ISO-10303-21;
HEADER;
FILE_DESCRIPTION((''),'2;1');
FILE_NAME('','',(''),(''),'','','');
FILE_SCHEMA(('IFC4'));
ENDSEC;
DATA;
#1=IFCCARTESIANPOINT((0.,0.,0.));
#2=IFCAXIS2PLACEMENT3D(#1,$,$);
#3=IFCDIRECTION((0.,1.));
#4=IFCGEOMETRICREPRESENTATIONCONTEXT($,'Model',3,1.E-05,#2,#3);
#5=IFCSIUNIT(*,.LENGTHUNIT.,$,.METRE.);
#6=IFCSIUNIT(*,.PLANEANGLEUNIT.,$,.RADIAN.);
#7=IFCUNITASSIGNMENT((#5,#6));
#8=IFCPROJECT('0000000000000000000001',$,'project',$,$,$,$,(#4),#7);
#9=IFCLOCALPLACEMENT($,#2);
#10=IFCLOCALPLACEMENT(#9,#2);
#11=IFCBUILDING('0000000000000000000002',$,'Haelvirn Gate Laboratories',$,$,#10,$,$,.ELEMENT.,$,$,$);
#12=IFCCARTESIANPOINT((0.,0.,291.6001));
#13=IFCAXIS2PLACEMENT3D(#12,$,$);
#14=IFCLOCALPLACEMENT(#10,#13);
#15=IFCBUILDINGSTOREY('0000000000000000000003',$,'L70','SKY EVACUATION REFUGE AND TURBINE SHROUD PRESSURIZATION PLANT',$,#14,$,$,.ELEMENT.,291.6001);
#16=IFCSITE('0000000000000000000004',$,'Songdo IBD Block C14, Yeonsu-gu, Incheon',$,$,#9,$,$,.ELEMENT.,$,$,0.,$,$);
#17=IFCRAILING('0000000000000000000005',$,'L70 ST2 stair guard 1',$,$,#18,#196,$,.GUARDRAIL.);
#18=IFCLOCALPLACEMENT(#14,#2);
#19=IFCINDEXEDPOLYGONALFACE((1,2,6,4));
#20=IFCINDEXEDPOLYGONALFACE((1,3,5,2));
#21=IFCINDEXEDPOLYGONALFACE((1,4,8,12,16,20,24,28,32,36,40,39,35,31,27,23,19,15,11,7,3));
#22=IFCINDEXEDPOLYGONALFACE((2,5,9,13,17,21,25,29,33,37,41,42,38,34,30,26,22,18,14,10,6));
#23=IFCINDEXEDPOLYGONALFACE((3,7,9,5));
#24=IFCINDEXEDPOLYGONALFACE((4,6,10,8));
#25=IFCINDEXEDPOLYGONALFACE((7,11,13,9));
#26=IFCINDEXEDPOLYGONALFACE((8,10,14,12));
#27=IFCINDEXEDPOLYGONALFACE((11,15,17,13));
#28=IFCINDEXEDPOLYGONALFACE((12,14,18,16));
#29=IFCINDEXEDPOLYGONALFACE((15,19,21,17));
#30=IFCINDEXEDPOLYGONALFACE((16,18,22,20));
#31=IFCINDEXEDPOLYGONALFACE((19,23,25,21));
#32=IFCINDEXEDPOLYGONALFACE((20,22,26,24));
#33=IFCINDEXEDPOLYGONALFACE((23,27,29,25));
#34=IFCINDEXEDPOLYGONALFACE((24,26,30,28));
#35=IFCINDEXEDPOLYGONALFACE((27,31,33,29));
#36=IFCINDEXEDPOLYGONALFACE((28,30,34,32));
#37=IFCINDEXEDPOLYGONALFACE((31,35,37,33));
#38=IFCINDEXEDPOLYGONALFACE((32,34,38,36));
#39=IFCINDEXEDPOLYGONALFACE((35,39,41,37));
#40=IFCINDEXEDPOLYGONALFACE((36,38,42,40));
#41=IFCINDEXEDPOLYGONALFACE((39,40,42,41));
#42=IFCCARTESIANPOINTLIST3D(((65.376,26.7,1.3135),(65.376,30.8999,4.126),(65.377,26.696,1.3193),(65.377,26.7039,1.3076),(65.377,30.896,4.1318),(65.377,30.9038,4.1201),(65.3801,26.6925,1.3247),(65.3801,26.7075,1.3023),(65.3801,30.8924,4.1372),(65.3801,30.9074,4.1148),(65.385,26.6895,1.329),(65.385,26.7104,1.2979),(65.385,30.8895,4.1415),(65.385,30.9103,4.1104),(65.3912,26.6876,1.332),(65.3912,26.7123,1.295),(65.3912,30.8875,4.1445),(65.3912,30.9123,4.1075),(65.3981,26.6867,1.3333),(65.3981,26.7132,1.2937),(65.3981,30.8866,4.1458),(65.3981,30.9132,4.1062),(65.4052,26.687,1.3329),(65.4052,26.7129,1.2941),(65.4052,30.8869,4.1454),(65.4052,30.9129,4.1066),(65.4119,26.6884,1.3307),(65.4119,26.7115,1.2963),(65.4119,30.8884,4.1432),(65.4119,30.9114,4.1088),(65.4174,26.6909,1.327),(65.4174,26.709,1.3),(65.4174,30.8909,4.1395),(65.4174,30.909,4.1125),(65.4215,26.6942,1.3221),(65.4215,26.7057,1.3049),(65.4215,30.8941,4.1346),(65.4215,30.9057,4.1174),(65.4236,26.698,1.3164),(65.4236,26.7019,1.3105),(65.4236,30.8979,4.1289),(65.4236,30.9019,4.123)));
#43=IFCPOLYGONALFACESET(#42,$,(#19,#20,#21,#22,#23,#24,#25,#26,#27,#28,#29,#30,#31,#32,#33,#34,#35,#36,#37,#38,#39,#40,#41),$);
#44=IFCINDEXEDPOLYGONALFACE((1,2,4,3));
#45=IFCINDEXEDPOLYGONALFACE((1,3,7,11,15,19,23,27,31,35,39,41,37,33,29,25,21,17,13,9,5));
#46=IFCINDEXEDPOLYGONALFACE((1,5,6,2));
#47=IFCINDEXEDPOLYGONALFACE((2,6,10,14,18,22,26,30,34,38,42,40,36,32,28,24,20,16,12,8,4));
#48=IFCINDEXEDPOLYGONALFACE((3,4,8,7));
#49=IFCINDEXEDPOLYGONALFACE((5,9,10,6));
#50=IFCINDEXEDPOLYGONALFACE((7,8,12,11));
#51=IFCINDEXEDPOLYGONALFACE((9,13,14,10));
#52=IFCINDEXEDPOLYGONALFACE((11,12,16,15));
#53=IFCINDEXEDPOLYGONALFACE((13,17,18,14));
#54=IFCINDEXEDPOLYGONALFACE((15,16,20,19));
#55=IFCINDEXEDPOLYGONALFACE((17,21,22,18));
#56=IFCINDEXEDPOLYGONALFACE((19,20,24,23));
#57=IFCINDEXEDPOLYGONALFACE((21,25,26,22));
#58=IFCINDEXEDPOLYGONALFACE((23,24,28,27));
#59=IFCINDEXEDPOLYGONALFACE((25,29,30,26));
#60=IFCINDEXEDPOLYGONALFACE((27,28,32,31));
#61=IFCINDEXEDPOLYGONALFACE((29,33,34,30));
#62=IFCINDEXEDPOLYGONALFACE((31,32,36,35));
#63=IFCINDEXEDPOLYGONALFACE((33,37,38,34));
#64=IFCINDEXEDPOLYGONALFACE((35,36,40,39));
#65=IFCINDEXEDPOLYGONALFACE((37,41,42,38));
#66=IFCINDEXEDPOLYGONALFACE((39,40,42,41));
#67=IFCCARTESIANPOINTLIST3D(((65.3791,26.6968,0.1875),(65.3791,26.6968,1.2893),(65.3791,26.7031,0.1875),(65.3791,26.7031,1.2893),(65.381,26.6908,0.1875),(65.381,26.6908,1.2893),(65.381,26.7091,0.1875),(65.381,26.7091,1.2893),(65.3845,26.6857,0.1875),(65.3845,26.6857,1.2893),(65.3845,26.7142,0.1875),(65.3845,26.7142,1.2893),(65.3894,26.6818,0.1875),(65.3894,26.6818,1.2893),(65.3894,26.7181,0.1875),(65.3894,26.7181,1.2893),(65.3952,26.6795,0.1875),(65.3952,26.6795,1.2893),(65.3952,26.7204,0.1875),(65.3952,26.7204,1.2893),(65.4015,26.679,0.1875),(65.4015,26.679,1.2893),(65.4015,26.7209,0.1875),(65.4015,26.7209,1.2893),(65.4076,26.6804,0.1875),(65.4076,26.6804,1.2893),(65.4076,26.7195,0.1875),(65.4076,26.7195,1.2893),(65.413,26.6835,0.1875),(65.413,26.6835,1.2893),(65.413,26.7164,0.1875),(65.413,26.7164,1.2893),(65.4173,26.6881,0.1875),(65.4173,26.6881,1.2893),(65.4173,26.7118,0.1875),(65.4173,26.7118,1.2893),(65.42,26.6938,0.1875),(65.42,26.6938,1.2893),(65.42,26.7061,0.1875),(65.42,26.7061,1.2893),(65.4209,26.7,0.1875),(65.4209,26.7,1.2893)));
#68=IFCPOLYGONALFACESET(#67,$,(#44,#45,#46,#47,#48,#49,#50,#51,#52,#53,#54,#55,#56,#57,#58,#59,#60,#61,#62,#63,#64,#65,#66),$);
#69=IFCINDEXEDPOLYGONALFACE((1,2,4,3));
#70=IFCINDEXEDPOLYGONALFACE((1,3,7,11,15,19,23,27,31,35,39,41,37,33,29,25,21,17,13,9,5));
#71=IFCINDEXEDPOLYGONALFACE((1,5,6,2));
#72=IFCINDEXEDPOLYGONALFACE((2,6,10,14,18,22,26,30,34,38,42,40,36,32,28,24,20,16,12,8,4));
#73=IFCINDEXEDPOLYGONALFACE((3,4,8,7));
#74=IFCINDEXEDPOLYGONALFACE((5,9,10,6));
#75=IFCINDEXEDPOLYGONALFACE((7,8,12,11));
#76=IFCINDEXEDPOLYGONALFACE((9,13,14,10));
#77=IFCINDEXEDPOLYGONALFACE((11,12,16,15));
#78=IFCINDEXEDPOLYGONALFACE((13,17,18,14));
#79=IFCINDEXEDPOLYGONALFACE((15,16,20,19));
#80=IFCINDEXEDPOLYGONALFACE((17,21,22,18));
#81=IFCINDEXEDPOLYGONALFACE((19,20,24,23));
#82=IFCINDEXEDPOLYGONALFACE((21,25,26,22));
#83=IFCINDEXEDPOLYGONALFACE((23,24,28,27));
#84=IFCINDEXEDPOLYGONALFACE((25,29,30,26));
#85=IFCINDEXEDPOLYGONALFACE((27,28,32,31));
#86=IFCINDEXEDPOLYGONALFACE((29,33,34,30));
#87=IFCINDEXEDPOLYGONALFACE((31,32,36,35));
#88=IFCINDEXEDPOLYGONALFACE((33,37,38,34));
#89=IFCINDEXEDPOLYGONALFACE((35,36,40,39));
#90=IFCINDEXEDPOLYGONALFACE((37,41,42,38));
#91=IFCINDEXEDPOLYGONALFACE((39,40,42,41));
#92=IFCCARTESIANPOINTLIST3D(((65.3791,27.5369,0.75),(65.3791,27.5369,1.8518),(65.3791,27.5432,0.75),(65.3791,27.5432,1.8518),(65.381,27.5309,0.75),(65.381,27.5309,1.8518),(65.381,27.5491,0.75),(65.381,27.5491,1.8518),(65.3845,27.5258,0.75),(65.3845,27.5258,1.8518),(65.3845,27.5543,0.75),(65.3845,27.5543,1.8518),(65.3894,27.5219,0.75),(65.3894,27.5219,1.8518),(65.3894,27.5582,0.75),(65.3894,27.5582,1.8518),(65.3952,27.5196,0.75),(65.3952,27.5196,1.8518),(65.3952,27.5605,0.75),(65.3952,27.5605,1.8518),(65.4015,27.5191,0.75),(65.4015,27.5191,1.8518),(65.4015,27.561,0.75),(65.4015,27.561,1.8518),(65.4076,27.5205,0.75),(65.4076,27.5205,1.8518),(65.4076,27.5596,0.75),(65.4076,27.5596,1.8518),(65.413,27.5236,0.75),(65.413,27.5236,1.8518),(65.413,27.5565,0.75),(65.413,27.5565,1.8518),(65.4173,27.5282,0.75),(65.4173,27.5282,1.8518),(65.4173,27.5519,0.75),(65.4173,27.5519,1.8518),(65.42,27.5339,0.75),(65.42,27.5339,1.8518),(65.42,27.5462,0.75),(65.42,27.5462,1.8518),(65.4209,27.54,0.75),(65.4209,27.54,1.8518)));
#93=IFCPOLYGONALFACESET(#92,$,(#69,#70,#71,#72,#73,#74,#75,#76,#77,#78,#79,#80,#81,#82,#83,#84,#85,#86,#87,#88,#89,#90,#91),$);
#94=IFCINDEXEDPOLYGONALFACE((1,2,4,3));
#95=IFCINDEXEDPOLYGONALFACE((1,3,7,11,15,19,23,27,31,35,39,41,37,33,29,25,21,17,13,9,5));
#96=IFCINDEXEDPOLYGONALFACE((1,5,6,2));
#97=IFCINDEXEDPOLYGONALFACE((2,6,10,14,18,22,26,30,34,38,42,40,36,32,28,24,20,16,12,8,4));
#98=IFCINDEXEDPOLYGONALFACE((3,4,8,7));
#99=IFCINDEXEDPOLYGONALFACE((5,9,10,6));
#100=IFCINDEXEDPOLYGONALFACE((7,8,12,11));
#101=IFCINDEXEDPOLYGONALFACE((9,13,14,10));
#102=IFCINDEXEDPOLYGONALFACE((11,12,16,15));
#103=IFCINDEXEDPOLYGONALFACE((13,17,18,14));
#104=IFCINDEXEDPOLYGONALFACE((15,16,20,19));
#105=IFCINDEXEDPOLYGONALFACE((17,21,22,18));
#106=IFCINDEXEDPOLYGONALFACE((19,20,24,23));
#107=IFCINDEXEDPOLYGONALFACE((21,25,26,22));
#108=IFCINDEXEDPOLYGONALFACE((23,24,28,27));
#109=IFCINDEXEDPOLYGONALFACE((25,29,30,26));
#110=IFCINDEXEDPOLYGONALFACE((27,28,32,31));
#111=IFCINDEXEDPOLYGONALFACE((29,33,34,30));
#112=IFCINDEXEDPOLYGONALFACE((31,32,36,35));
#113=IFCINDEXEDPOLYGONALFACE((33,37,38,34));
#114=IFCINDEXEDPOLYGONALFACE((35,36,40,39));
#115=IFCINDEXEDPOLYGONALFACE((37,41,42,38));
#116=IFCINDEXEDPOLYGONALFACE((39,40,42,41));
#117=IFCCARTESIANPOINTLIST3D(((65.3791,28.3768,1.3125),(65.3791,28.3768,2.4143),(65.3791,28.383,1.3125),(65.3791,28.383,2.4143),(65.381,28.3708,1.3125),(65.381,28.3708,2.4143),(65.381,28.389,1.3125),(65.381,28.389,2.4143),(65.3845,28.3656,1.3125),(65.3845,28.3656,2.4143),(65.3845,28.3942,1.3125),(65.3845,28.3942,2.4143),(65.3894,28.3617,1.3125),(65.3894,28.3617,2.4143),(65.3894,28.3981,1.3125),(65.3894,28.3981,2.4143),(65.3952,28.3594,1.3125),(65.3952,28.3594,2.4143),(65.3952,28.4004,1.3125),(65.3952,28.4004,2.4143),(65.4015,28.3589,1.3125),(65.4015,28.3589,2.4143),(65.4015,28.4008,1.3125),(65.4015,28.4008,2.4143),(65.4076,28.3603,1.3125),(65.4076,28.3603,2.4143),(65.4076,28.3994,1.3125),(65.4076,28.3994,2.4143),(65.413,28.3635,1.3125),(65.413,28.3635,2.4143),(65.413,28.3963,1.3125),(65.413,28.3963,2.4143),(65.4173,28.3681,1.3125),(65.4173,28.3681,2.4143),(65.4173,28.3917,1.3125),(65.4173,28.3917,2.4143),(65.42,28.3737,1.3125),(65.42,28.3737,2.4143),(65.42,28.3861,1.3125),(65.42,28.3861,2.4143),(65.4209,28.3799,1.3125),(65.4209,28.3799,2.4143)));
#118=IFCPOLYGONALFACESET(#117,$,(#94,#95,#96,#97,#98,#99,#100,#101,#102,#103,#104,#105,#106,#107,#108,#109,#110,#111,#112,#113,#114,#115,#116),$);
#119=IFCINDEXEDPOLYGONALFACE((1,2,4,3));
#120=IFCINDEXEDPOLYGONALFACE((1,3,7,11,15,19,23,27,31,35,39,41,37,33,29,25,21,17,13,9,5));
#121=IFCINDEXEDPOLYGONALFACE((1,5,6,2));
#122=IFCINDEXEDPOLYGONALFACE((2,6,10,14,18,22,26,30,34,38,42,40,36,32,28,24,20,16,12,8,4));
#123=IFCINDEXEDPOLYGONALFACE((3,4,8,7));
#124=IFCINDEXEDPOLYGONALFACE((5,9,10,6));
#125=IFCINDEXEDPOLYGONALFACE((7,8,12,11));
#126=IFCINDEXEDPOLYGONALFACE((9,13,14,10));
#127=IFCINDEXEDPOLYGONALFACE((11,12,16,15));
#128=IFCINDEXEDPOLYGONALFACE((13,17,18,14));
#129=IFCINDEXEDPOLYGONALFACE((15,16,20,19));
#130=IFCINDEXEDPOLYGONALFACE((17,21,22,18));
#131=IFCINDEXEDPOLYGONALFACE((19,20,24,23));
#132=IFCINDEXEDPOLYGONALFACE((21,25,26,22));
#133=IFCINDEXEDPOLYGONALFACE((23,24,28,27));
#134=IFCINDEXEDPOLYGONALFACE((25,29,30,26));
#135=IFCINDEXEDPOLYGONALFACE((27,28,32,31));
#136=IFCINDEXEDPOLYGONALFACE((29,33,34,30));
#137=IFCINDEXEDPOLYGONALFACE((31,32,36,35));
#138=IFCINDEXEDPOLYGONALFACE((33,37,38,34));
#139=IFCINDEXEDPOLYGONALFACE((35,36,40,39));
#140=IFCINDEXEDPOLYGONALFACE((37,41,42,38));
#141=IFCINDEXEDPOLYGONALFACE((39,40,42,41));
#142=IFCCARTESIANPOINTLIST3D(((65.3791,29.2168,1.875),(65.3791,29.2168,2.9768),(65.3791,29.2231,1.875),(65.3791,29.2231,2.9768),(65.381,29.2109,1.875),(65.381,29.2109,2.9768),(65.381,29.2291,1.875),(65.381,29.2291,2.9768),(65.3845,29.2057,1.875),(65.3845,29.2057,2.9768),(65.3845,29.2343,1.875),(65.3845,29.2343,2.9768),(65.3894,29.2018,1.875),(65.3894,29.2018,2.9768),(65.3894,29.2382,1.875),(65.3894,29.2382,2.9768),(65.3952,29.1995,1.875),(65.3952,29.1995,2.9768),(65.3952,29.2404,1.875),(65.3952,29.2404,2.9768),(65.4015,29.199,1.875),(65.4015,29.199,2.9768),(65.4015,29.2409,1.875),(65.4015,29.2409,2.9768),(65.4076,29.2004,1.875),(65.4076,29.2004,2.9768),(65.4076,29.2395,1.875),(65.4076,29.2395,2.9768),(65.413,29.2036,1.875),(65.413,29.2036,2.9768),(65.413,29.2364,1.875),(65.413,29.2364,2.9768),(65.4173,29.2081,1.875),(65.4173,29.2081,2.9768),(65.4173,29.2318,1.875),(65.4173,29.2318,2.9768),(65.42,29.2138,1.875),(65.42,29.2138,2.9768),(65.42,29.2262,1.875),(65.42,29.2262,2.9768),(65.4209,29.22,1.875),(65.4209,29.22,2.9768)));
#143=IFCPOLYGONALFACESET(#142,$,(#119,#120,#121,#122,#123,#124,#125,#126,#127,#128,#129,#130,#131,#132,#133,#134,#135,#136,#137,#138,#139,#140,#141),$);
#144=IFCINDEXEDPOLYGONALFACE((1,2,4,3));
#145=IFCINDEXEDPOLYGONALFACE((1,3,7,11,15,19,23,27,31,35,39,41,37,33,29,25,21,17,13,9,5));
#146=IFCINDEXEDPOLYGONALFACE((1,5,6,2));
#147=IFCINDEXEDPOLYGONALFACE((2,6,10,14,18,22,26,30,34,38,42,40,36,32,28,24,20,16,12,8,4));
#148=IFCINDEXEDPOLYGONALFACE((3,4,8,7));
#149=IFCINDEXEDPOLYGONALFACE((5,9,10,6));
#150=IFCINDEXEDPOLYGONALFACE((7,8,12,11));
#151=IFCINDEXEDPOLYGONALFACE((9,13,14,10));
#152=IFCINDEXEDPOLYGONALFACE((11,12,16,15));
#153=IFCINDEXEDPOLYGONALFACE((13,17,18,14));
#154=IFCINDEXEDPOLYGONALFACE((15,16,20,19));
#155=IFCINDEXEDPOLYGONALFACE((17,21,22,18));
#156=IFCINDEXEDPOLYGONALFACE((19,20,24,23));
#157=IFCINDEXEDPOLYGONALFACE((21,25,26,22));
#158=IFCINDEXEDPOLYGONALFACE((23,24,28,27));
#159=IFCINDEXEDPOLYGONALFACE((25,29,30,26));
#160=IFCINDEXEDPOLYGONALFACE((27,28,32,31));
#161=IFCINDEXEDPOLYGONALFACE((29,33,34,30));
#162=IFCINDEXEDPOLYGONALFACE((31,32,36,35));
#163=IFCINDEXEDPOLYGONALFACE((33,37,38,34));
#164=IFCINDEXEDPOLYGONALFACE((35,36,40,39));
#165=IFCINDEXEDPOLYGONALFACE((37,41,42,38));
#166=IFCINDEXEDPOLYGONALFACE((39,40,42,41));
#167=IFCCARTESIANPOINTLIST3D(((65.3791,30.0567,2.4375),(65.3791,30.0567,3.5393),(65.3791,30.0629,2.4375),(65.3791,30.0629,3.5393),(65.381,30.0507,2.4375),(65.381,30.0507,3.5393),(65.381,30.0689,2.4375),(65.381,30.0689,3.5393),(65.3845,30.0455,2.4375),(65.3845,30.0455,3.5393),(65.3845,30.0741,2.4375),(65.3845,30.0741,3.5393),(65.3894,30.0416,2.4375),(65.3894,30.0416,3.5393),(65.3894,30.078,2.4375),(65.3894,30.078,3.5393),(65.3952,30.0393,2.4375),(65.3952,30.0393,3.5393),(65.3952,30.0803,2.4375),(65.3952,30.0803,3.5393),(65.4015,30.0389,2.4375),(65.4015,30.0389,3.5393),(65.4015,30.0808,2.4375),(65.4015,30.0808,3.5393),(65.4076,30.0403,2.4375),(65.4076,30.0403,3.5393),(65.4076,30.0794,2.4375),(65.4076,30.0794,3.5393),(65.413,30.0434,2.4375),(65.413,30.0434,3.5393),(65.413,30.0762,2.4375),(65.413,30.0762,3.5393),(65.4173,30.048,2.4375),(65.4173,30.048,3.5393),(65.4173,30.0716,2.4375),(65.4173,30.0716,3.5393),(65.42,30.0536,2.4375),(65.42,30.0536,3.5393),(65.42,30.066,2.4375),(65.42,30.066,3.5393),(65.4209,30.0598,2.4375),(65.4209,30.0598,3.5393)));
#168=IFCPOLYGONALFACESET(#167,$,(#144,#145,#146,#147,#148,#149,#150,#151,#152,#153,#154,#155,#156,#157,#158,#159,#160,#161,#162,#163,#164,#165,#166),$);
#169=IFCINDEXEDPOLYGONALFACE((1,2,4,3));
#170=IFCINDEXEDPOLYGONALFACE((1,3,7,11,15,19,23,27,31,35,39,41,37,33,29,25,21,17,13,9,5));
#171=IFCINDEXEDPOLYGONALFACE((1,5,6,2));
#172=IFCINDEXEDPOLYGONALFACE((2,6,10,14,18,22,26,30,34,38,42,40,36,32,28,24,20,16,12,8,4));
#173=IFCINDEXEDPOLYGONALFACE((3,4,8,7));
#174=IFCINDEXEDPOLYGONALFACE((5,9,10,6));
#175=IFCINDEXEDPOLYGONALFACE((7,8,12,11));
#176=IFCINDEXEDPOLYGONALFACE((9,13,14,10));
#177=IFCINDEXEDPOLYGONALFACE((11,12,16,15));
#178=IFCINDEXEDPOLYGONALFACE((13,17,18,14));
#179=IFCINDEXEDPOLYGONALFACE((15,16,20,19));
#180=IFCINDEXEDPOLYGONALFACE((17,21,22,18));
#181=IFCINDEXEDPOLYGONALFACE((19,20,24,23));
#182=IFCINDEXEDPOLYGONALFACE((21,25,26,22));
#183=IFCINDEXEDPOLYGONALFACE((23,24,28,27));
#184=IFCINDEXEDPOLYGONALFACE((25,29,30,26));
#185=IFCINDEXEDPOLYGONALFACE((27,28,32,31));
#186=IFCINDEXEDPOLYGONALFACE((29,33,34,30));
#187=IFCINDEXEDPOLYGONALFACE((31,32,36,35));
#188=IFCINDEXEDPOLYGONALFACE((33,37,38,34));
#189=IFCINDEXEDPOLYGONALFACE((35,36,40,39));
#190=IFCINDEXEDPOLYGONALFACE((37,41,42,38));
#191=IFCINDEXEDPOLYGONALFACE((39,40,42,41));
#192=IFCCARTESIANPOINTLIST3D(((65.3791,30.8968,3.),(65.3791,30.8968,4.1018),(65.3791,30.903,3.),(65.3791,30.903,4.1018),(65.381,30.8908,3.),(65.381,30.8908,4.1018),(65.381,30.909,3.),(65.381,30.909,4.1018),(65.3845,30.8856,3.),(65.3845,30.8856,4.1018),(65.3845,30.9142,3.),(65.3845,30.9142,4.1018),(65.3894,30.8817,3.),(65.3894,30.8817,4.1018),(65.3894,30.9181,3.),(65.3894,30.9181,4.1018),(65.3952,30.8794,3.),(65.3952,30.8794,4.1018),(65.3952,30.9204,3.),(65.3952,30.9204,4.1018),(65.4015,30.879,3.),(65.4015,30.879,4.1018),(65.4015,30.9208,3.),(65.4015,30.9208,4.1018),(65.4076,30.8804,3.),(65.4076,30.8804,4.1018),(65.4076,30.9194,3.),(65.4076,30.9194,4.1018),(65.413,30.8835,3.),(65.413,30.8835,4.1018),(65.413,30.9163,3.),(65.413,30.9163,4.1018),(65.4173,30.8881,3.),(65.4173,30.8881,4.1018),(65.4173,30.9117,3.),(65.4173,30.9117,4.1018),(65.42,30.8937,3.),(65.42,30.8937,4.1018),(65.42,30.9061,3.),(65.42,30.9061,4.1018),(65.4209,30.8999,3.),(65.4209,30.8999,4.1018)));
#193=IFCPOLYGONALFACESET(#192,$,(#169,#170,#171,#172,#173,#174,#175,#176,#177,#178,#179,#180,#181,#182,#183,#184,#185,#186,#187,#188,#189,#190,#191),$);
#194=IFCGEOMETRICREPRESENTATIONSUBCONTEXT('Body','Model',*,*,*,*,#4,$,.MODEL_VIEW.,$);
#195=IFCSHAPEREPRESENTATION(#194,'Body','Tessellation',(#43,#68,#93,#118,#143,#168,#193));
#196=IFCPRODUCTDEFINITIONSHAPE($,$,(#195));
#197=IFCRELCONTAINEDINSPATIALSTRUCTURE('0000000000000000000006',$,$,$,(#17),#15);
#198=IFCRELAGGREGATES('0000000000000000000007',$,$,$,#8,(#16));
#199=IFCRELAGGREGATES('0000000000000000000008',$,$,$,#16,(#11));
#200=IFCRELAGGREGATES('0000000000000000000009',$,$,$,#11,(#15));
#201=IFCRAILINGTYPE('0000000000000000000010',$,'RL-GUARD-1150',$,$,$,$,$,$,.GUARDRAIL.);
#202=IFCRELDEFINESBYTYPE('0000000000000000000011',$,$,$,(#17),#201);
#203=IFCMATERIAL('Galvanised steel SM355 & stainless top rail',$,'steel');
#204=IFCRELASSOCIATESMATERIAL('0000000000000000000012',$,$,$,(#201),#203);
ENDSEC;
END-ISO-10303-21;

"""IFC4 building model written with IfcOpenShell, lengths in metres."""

from ifc_helpers import new_model, si_unit, direction, frame, origin, origin_2d, place, context, subcontext, project, spatial, circle, extrude, source, transform, mapped, material, type_object, element, save


model = new_model("IFC4")

# Units and contexts
model_context = context("Model", 3, precision=1e-05, world=origin(), true_north=direction((0.0, 1.0)))
body_context = subcontext(model_context, "Body", "Model", "MODEL_VIEW")
ifc_project = project(units=[si_unit("LENGTHUNIT", "METRE"), si_unit("PLANEANGLEUNIT", "RADIAN")], contexts=[model_context])

# Site, building, storey
site_placement = place(None, origin())
site = spatial("IfcSite", under=ifc_project, at=site_placement, Name="Songdo IBD Block C14, Yeonsu-gu, Incheon", CompositionType="ELEMENT", RefElevation=0.0)
building_placement = place(site_placement, origin())
building = spatial("IfcBuilding", under=site, at=building_placement, Name="Haelvirn Gate Laboratories", CompositionType="ELEMENT")
storey_placement = place(building_placement, frame((0.0, 0.0, 291.6001)))
storey = spatial("IfcBuildingStorey", under=building, at=storey_placement, Name="L70", Description="SKY EVACUATION REFUGE AND TURBINE SHROUD PRESSURIZATION PLANT", CompositionType="ELEMENT", Elevation=291.6001)

# Railing
ifc_material_1 = material(Name="Galvanised steel SM355 & stainless top rail", Category="steel")
railing_type_1 = type_object("IfcRailingType", Name="RL-GUARD-1150", PredefinedType="GUARDRAIL", material=ifc_material_1)
shared_shape_1 = source(origin(), body_context, "Body", "SweptSolid", [
    extrude(circle(Radius=0.0239, at=origin_2d()), frame((0.0, 0.0, 1.126), z_axis=(0.0, 0.830904, 0.556416), x_axis=(-1.0, 0.0, 0.0)), (0.0, 0.0, 1.0), 5.0547),
    extrude(circle(Radius=0.021, at=origin_2d()), origin(), (0.0, 0.0, 1.0), 1.1018),
    extrude(circle(Radius=0.021, at=origin_2d()), frame((0.0, 0.8401, 0.5625)), (0.0, 0.0, 1.0), 1.1018),
    extrude(circle(Radius=0.021, at=origin_2d()), frame((0.0, 1.6799, 1.125)), (0.0, 0.0, 1.0), 1.1018),
    extrude(circle(Radius=0.021, at=origin_2d()), frame((0.0, 2.52, 1.6875)), (0.0, 0.0, 1.0), 1.1018),
    extrude(circle(Radius=0.021, at=origin_2d()), frame((0.0, 3.3599, 2.25)), (0.0, 0.0, 1.0), 1.1018),
    extrude(circle(Radius=0.021, at=origin_2d()), frame((0.0, 4.2, 2.8125)), (0.0, 0.0, 1.0), 1.1018),
])
railing_1_placement = place(storey_placement, frame((65.3999, 26.7, 0.1875)))
element("IfcRailing", 1, at=railing_1_placement, inside=storey, type_object=railing_type_1, Name="L70 ST2 stair guard 1", PredefinedType="GUARDRAIL", context=body_context, shape_type="MappedRepresentation", body=[
    mapped(shared_shape_1, transform((0.0, 0.0, 0.0), scale=1.0)),
])

save(model, "model.ifc")
